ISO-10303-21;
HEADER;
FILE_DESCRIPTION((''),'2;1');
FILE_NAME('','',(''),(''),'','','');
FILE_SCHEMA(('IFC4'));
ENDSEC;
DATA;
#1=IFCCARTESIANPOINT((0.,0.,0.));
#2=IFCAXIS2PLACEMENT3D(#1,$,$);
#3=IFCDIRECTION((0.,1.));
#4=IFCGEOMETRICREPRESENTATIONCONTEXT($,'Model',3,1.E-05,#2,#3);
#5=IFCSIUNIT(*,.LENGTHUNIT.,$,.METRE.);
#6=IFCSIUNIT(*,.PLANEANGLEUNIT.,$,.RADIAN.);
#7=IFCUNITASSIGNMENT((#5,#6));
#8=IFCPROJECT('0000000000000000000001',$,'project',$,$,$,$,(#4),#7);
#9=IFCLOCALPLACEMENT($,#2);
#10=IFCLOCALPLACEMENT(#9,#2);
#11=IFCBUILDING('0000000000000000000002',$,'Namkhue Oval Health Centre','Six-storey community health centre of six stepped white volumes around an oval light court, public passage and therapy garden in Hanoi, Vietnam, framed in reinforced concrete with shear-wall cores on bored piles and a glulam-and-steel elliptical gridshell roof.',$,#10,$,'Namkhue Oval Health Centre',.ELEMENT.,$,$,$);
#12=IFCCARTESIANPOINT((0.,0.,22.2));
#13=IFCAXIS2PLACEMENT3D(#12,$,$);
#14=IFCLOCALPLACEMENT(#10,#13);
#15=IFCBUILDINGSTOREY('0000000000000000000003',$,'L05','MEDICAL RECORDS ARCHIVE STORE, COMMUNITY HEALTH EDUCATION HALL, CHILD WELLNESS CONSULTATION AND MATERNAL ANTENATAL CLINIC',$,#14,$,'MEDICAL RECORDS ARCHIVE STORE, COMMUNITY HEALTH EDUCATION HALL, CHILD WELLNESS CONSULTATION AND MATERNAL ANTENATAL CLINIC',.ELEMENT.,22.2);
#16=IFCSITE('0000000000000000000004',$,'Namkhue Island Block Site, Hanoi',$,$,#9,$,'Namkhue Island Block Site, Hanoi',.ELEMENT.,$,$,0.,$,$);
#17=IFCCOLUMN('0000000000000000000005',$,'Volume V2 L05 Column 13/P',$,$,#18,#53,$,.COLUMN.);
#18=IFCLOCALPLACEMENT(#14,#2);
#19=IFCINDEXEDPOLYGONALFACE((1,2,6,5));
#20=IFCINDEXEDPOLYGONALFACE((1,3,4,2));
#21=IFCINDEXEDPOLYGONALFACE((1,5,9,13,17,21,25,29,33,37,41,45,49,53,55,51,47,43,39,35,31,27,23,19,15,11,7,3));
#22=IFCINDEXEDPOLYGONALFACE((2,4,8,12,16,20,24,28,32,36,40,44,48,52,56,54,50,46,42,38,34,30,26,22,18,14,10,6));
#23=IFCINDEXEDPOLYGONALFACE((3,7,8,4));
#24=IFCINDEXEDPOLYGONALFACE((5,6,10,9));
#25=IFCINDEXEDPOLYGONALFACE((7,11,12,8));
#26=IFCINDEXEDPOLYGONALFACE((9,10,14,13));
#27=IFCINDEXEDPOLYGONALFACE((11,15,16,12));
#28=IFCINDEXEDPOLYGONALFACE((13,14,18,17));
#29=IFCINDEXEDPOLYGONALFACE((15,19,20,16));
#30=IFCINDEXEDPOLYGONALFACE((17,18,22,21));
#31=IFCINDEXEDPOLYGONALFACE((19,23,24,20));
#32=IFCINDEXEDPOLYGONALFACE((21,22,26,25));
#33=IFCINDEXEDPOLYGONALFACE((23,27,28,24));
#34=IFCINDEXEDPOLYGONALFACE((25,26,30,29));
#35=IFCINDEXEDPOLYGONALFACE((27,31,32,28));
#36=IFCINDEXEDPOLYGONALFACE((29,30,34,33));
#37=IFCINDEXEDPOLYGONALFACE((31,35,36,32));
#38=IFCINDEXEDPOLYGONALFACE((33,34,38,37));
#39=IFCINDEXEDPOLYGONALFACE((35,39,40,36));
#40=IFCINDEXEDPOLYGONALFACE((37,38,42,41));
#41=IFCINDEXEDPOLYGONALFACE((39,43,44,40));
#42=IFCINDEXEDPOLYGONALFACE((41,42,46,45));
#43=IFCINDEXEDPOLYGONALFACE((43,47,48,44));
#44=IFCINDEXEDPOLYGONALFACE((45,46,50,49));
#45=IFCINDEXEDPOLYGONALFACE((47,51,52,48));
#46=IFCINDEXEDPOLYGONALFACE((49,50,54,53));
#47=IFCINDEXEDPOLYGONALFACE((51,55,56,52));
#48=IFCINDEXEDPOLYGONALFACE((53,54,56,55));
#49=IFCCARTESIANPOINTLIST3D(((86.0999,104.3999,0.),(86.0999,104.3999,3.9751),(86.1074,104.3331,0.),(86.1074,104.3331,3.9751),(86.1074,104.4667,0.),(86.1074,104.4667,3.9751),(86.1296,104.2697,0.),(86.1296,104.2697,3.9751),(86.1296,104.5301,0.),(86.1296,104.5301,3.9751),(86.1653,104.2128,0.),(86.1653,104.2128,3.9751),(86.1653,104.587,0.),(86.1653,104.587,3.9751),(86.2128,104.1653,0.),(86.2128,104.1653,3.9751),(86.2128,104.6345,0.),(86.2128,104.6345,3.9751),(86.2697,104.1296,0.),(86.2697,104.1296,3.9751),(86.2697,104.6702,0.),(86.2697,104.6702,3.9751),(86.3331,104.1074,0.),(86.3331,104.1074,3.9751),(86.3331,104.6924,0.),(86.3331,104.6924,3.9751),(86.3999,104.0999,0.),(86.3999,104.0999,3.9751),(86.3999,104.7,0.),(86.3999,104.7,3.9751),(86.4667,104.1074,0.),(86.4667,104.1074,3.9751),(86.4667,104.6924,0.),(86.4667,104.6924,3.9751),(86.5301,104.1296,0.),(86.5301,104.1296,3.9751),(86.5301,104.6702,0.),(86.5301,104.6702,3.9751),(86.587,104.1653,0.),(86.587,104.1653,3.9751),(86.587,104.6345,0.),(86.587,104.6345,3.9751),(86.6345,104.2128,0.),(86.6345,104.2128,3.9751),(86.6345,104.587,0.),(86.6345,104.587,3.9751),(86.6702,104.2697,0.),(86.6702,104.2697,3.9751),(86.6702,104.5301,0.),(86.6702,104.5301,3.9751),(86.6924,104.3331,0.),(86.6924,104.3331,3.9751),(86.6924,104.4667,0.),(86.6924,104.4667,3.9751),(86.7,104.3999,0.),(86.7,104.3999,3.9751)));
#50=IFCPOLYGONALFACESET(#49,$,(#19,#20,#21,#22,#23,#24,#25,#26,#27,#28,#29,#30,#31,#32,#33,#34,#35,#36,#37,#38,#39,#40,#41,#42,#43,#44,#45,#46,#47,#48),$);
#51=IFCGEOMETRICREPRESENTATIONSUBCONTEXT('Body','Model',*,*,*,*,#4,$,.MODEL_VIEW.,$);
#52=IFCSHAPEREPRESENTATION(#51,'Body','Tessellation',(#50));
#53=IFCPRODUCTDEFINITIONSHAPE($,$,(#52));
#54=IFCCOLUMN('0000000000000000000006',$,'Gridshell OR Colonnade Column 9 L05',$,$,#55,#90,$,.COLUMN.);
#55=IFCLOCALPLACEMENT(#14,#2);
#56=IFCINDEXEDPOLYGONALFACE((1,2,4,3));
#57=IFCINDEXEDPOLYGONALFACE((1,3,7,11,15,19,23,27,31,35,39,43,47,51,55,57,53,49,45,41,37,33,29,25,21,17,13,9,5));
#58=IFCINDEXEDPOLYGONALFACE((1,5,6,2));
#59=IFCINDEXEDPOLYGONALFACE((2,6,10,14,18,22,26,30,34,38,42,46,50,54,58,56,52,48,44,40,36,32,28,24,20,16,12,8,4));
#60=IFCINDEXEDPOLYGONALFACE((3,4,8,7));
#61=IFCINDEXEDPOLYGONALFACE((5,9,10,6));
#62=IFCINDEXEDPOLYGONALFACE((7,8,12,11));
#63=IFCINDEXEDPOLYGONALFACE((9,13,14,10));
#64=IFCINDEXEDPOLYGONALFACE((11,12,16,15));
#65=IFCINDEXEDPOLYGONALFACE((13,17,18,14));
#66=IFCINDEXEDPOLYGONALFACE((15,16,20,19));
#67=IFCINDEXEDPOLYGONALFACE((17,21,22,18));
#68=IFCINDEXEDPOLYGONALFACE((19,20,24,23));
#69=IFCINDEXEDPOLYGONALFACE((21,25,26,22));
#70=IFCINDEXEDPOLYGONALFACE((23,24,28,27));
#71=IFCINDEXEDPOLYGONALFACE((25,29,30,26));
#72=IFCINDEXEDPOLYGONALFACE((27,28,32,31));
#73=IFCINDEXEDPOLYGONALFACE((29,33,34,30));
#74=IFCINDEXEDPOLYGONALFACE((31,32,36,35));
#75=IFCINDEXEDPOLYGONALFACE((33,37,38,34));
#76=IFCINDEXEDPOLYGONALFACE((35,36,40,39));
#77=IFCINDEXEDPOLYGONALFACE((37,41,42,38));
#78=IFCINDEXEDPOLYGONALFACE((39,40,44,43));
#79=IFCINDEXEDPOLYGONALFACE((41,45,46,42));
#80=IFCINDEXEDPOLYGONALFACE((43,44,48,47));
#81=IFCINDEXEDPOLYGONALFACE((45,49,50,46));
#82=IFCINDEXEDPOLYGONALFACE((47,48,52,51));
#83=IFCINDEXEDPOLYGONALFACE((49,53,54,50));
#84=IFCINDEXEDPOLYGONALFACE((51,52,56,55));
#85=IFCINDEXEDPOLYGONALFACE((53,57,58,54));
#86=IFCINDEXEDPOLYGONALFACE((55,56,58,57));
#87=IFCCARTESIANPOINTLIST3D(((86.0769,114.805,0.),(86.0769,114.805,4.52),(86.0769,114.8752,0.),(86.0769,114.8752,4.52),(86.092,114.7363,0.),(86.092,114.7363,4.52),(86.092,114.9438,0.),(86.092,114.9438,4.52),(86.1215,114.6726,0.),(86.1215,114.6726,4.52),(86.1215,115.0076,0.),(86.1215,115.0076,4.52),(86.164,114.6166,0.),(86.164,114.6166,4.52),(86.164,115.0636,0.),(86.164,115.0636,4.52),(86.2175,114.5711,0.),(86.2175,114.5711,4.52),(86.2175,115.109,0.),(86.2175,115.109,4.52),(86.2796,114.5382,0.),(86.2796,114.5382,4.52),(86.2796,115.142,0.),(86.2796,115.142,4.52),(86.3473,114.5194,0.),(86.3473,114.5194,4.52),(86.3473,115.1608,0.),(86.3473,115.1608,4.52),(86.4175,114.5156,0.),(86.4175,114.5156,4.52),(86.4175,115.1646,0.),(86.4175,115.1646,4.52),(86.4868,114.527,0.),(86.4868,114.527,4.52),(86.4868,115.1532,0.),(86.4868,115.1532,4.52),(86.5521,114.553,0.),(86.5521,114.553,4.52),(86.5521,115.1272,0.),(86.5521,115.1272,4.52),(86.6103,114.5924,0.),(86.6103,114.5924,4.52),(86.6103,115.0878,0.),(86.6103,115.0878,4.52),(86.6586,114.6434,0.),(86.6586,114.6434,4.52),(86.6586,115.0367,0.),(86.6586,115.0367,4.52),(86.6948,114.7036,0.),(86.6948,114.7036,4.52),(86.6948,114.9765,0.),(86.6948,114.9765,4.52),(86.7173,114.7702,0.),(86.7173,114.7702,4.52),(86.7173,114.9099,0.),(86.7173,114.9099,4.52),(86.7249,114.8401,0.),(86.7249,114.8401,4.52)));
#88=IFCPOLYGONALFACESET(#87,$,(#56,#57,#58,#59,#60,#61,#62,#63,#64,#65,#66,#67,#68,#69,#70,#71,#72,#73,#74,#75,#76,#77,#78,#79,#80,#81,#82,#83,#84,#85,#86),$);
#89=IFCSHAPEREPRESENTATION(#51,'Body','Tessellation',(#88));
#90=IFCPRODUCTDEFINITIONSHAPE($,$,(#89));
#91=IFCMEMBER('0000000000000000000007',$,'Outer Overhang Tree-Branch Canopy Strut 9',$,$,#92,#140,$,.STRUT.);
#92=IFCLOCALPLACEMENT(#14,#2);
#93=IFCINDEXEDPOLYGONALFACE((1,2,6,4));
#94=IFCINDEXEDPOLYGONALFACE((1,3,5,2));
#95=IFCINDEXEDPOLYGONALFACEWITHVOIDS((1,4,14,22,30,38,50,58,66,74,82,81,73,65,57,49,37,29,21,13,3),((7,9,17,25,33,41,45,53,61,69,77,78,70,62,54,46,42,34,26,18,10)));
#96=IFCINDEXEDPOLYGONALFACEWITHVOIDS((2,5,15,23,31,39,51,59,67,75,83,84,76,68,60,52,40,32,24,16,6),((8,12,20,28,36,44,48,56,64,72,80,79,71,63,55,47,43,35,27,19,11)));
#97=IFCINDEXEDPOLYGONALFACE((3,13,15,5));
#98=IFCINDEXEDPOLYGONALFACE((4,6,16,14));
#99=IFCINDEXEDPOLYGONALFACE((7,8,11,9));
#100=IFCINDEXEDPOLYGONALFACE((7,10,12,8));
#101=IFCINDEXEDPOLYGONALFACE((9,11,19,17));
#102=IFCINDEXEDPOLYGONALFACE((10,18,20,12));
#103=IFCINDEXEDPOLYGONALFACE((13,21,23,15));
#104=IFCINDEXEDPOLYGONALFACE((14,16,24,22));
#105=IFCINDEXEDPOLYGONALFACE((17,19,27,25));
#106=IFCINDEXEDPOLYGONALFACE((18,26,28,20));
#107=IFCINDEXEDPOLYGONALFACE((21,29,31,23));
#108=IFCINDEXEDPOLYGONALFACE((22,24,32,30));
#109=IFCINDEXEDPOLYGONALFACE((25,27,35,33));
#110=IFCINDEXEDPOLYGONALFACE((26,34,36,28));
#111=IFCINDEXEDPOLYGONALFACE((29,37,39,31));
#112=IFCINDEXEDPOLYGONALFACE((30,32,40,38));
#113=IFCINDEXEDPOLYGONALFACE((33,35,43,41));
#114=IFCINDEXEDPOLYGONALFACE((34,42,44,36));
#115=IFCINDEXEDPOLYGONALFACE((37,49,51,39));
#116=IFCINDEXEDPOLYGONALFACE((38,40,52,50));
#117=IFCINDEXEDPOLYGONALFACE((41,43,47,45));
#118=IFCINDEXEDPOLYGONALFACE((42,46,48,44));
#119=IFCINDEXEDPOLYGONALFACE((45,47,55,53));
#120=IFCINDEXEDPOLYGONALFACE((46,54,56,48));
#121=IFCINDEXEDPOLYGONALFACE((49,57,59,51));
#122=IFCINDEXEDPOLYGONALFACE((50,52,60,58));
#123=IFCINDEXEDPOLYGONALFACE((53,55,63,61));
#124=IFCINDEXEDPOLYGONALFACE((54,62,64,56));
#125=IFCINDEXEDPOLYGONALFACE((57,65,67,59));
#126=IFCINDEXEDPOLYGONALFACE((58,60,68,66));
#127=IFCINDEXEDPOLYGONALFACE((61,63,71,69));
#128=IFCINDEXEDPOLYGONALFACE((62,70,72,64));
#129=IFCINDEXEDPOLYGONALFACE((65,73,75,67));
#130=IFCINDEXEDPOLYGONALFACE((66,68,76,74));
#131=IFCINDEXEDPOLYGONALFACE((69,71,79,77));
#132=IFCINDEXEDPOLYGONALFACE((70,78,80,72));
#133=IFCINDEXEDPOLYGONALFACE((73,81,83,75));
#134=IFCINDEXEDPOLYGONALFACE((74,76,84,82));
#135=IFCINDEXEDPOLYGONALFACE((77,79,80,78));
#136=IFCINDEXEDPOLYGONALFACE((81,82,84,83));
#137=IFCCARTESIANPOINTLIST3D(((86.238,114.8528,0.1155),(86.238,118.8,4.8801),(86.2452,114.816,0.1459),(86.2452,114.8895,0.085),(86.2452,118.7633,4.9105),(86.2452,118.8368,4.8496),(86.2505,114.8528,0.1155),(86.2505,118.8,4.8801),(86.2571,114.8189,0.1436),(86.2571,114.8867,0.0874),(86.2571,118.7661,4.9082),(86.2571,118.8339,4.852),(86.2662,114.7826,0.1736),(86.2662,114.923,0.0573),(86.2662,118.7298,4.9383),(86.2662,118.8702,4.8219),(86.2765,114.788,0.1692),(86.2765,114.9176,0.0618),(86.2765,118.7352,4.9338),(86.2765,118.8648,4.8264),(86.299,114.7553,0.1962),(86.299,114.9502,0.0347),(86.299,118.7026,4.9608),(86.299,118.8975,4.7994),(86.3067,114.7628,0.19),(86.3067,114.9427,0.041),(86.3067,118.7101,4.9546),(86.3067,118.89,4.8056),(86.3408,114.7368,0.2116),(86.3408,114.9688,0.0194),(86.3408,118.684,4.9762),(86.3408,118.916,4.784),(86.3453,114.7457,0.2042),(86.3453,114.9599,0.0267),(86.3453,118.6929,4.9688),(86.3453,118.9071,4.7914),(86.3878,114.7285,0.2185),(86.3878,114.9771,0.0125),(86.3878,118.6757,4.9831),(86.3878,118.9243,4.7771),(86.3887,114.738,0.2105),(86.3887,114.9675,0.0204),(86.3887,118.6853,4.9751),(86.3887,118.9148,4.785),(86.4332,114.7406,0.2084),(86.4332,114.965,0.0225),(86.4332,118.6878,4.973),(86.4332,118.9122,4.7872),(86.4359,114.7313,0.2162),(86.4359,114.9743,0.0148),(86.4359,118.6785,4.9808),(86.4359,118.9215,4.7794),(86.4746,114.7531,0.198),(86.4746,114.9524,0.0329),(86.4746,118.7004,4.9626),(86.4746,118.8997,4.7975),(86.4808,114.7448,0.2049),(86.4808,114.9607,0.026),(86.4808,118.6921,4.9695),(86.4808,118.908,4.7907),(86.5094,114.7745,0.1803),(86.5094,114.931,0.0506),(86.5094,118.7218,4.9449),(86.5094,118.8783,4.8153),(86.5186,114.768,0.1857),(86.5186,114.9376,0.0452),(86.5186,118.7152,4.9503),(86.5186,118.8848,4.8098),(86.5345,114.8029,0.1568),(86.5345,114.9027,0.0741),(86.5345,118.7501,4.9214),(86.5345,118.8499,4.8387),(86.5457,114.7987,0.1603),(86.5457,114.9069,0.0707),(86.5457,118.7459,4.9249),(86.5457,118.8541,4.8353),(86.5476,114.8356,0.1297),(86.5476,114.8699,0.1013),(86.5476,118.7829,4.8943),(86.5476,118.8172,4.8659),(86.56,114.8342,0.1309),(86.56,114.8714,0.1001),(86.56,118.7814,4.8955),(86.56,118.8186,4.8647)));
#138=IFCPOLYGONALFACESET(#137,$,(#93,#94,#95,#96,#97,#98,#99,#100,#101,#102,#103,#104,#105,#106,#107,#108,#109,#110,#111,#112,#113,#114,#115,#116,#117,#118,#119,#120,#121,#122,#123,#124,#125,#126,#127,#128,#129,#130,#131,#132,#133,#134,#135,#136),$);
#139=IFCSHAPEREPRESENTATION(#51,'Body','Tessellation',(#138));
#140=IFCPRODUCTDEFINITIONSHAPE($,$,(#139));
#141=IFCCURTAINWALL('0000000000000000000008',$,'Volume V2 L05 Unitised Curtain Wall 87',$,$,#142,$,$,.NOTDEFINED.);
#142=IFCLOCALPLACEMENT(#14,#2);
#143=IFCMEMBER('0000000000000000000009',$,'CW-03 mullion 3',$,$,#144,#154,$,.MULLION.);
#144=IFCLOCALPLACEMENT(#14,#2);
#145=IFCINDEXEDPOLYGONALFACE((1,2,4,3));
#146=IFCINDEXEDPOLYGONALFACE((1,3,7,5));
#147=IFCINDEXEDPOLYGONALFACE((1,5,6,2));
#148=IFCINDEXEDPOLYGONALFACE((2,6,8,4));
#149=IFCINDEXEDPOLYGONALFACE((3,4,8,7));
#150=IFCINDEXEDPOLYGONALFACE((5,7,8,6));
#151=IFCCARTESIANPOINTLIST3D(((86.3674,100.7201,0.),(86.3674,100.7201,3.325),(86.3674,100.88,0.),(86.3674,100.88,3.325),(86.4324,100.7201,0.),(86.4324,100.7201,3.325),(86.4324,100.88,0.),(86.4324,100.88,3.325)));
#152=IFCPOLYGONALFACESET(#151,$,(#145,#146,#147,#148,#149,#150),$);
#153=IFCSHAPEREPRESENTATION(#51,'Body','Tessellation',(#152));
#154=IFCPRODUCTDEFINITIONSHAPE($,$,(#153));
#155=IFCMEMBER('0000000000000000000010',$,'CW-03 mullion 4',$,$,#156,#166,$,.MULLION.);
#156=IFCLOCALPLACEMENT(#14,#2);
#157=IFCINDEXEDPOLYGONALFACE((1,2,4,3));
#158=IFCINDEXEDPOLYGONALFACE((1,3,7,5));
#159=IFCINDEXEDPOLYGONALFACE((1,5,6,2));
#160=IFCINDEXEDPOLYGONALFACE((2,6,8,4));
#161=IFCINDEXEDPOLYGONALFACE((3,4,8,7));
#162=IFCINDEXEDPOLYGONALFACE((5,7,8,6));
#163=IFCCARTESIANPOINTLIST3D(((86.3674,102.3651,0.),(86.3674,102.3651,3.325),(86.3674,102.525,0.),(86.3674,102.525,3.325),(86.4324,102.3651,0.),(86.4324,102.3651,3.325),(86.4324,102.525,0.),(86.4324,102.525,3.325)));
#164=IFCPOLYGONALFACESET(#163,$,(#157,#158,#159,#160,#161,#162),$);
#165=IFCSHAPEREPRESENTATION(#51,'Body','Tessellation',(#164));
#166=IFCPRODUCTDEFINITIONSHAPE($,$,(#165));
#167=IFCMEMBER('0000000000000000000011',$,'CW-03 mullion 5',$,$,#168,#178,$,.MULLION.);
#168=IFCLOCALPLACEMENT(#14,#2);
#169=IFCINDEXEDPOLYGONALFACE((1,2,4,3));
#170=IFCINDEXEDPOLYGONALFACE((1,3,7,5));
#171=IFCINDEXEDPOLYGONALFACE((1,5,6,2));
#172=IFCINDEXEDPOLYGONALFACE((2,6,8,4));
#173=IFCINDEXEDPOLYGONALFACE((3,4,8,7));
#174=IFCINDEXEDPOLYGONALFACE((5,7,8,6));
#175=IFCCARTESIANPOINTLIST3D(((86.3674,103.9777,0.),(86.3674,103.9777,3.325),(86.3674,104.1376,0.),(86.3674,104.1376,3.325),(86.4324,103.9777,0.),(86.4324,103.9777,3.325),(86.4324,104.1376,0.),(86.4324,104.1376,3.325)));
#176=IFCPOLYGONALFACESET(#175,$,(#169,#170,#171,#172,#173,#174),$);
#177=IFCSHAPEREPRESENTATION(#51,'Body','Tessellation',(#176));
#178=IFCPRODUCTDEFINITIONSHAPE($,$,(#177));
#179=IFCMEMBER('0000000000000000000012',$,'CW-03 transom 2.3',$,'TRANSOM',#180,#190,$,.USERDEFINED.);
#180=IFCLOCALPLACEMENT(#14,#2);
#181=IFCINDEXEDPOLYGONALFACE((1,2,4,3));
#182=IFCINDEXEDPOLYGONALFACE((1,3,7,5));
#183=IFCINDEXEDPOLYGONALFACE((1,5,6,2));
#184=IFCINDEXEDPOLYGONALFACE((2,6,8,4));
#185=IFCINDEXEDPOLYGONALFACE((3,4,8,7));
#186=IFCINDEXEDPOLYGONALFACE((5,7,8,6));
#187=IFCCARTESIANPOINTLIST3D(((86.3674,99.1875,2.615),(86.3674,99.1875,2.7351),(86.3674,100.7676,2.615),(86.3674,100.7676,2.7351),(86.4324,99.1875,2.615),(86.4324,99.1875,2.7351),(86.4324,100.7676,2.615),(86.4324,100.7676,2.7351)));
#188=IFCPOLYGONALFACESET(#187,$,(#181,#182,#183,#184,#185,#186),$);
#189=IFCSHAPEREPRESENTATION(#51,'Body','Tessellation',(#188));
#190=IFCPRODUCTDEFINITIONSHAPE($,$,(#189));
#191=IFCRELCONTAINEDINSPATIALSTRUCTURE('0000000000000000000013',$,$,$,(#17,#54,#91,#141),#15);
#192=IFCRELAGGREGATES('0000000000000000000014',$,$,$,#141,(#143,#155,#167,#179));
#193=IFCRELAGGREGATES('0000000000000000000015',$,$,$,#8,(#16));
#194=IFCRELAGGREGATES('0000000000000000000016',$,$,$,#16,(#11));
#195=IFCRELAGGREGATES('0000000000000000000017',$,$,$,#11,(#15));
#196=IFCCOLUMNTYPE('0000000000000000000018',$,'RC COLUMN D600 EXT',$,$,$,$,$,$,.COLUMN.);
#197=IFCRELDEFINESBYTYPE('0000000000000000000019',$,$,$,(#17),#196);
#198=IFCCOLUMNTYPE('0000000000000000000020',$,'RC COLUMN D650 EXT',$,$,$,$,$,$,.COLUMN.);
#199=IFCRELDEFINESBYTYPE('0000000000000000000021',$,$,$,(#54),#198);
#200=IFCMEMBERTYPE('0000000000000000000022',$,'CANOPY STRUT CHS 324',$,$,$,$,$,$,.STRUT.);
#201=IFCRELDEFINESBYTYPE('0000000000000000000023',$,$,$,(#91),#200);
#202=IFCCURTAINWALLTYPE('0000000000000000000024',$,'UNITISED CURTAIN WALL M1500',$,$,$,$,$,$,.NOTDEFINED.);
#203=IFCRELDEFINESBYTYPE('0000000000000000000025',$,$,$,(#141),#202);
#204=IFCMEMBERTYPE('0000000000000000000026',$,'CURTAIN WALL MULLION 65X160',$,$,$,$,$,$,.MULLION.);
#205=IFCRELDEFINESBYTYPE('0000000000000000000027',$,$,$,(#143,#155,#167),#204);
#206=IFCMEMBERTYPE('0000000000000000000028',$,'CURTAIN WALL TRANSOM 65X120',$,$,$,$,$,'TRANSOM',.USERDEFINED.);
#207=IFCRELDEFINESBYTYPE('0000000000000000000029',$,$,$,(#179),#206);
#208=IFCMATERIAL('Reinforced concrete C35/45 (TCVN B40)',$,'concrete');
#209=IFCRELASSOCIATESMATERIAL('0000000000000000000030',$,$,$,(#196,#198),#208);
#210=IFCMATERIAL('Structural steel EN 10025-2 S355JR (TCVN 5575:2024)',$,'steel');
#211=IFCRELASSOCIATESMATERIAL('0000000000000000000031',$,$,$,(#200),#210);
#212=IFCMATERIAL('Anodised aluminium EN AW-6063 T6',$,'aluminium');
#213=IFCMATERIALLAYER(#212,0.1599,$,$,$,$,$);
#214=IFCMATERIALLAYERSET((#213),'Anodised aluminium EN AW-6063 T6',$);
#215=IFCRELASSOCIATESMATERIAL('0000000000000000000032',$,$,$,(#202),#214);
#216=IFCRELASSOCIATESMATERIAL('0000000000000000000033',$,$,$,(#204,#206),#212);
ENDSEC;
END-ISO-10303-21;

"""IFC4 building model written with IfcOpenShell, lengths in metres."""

from ifc_helpers import new_model, si_unit, direction, frame, origin, origin_2d, place, context, subcontext, project, spatial, rectangle, circle, hollow_circle, extrude, material, layer, layer_set, material_profile, profile_set, type_object, element, aggregate, save


model = new_model("IFC4")

# Units and contexts
model_context = context("Model", 3, precision=1e-05, world=origin(), true_north=direction((0.0, 1.0)))
body_context = subcontext(model_context, "Body", "Model", "MODEL_VIEW")
ifc_project = project(units=[si_unit("LENGTHUNIT", "METRE"), si_unit("PLANEANGLEUNIT", "RADIAN")], contexts=[model_context])

# Site, building, storey
site_placement = place(None, origin())
site = spatial("IfcSite", under=ifc_project, at=site_placement, Name="Namkhue Island Block Site, Hanoi", LongName="Namkhue Island Block Site, Hanoi", CompositionType="ELEMENT", RefElevation=0.0)
building_placement = place(site_placement, origin())
building = spatial("IfcBuilding", under=site, at=building_placement, Name="Namkhue Oval Health Centre", Description="Six-storey community health centre of six stepped white volumes around an oval light court, public passage and therapy garden in Hanoi, Vietnam, framed in reinforced concrete with shear-wall cores on bored piles and a glulam-and-steel elliptical gridshell roof.", LongName="Namkhue Oval Health Centre", CompositionType="ELEMENT")
storey_placement = place(building_placement, frame((0.0, 0.0, 22.2)))
storey = spatial("IfcBuildingStorey", under=building, at=storey_placement, Name="L05", Description="MEDICAL RECORDS ARCHIVE STORE, COMMUNITY HEALTH EDUCATION HALL, CHILD WELLNESS CONSULTATION AND MATERNAL ANTENATAL CLINIC", LongName="MEDICAL RECORDS ARCHIVE STORE, COMMUNITY HEALTH EDUCATION HALL, CHILD WELLNESS CONSULTATION AND MATERNAL ANTENATAL CLINIC", CompositionType="ELEMENT", Elevation=22.2)

# Columns
ifc_material_1 = material(Name="Reinforced concrete C35/45 (TCVN B40)", Category="concrete")
ifc_material_profile_1 = material_profile(ifc_material_1, circle(Radius=0.3, at=origin_2d()), Name="RC D600")
ifc_profile_set_1 = profile_set([ifc_material_profile_1], Name="Reinforced concrete C35/45 (TCVN B40)")
column_type_1 = type_object("IfcColumnType", Name="RC COLUMN D600 EXT", PredefinedType="COLUMN", material=ifc_profile_set_1)
column_1_placement = place(storey_placement, frame((86.3999, 104.3999, 0.0), z_axis=(0.0, 0.0, 1.0), x_axis=(1.0, 0.0, 0.0)))
element("IfcColumn", 1, at=column_1_placement, inside=storey, type_object=column_type_1, Name="Volume V2 L05 Column 13/P", PredefinedType="COLUMN", context=body_context, shape_type="SweptSolid", body=[
    extrude(circle(Radius=0.3, at=origin_2d()), origin(), (0.0, 0.0, 1.0), 3.9751),
])
ifc_material_profile_2 = material_profile(ifc_material_1, circle(Radius=0.325, at=origin_2d()), Name="RC D650")
ifc_profile_set_2 = profile_set([ifc_material_profile_2], Name="Reinforced concrete C35/45 (TCVN B40)")
column_type_2 = type_object("IfcColumnType", Name="RC COLUMN D650 EXT", PredefinedType="COLUMN", material=ifc_profile_set_2)
column_2_placement = place(storey_placement, frame((86.3999, 114.8401, 0.0), z_axis=(0.0, 0.0, 1.0), x_axis=(1.0, 0.0, 0.0)))
element("IfcColumn", 2, at=column_2_placement, inside=storey, type_object=column_type_2, Name="Gridshell OR Colonnade Column 9 L05", PredefinedType="COLUMN", context=body_context, shape_type="SweptSolid", body=[
    extrude(circle(Radius=0.325, at=origin_2d()), origin(), (0.0, 0.0, 1.0), 4.52),
])

# Member
ifc_material_2 = material(Name="Structural steel EN 10025-2 S355JR (TCVN 5575:2024)", Category="steel")
ifc_material_profile_3 = material_profile(ifc_material_2, hollow_circle(Radius=0.1619, WallThickness=0.0125, at=origin_2d()), Name="CHS 323.9x12.5")
ifc_profile_set_3 = profile_set([ifc_material_profile_3], Name="Structural steel EN 10025-2 S355JR (TCVN 5575:2024)")
member_type_1 = type_object("IfcMemberType", Name="CANOPY STRUT CHS 324", PredefinedType="STRUT", material=ifc_profile_set_3)
member_1_placement = place(storey_placement, frame((86.3999, 114.8528, 0.1155), z_axis=(0.0, 0.637962, 0.770068), x_axis=(-1.0, 0.0, 0.0)))
element("IfcMember", 3, at=member_1_placement, inside=storey, type_object=member_type_1, Name="Outer Overhang Tree-Branch Canopy Strut 9", PredefinedType="STRUT", context=body_context, shape_type="SweptSolid", body=[
    extrude(hollow_circle(Radius=0.1619, WallThickness=0.0125, at=origin_2d()), origin(), (0.0, 0.0, 1.0), 6.1873),
])

# Curtain wall, members
ifc_material_3 = material(Name="Anodised aluminium EN AW-6063 T6", Category="aluminium")
ifc_layer_1 = layer(ifc_material_3, 0.1599)
ifc_layer_set_1 = layer_set([ifc_layer_1], Name="Anodised aluminium EN AW-6063 T6")
curtain_wall_type = type_object("IfcCurtainWallType", Name="UNITISED CURTAIN WALL M1500", PredefinedType="NOTDEFINED", material=ifc_layer_set_1)
curtain_wall_placement = place(storey_placement, origin())
curtain_wall = element("IfcCurtainWall", 4, at=curtain_wall_placement, inside=storey, type_object=curtain_wall_type, Name="Volume V2 L05 Unitised Curtain Wall 87", PredefinedType="NOTDEFINED")
ifc_material_profile_4 = material_profile(ifc_material_3, rectangle(XDim=0.0649, YDim=0.1599, at=origin_2d()), Name="ALU 65x160")
ifc_profile_set_4 = profile_set([ifc_material_profile_4], Name="Anodised aluminium EN AW-6063 T6")
member_type_2 = type_object("IfcMemberType", Name="CURTAIN WALL MULLION 65X160", PredefinedType="MULLION", material=ifc_profile_set_4)
member_2_placement = place(storey_placement, frame((86.3999, 100.8, 0.0), z_axis=(0.0, 0.0, 1.0), x_axis=(-1.0, 0.0, 0.0)))
member_2 = element("IfcMember", 5, at=member_2_placement, type_object=member_type_2, Name="CW-03 mullion 3", PredefinedType="MULLION", context=body_context, shape_type="SweptSolid", body=[
    extrude(rectangle(XDim=0.0649, YDim=0.1599, at=origin_2d()), origin(), (0.0, 0.0, 1.0), 3.325),
])
member_3_placement = place(storey_placement, frame((86.3999, 102.4451, 0.0), z_axis=(0.0, 0.0, 1.0), x_axis=(-1.0, 0.0, 0.0)))
member_3 = element("IfcMember", 6, at=member_3_placement, type_object=member_type_2, Name="CW-03 mullion 4", PredefinedType="MULLION", context=body_context, shape_type="SweptSolid", body=[
    extrude(rectangle(XDim=0.0649, YDim=0.1599, at=origin_2d()), origin(), (0.0, 0.0, 1.0), 3.325),
])
member_4_placement = place(storey_placement, frame((86.3999, 104.0576, 0.0), z_axis=(0.0, 0.0, 1.0), x_axis=(-1.0, 0.0, 0.0)))
member_4 = element("IfcMember", 7, at=member_4_placement, type_object=member_type_2, Name="CW-03 mullion 5", PredefinedType="MULLION", context=body_context, shape_type="SweptSolid", body=[
    extrude(rectangle(XDim=0.0649, YDim=0.1599, at=origin_2d()), origin(), (0.0, 0.0, 1.0), 3.325),
])
ifc_material_profile_5 = material_profile(ifc_material_3, rectangle(XDim=0.0649, YDim=0.1201, at=origin_2d()), Name="ALU 65x120")
ifc_profile_set_5 = profile_set([ifc_material_profile_5], Name="Anodised aluminium EN AW-6063 T6")
member_type_3 = type_object("IfcMemberType", Name="CURTAIN WALL TRANSOM 65X120", ElementType="TRANSOM", PredefinedType="USERDEFINED", material=ifc_profile_set_5)
member_5_placement = place(storey_placement, frame((86.3999, 99.1875, 2.675), z_axis=(0.0, 1.0, 0.0), x_axis=(-1.0, 0.0, 0.0)))
member_5 = element("IfcMember", 8, at=member_5_placement, type_object=member_type_3, Name="CW-03 transom 2.3", ObjectType="TRANSOM", PredefinedType="USERDEFINED", context=body_context, shape_type="SweptSolid", body=[
    extrude(rectangle(XDim=0.0649, YDim=0.1201, at=origin_2d()), origin(), (0.0, 0.0, 1.0), 1.5801),
])

aggregate(curtain_wall, [member_2, member_3, member_4, member_5])

save(model, "model.ifc")
